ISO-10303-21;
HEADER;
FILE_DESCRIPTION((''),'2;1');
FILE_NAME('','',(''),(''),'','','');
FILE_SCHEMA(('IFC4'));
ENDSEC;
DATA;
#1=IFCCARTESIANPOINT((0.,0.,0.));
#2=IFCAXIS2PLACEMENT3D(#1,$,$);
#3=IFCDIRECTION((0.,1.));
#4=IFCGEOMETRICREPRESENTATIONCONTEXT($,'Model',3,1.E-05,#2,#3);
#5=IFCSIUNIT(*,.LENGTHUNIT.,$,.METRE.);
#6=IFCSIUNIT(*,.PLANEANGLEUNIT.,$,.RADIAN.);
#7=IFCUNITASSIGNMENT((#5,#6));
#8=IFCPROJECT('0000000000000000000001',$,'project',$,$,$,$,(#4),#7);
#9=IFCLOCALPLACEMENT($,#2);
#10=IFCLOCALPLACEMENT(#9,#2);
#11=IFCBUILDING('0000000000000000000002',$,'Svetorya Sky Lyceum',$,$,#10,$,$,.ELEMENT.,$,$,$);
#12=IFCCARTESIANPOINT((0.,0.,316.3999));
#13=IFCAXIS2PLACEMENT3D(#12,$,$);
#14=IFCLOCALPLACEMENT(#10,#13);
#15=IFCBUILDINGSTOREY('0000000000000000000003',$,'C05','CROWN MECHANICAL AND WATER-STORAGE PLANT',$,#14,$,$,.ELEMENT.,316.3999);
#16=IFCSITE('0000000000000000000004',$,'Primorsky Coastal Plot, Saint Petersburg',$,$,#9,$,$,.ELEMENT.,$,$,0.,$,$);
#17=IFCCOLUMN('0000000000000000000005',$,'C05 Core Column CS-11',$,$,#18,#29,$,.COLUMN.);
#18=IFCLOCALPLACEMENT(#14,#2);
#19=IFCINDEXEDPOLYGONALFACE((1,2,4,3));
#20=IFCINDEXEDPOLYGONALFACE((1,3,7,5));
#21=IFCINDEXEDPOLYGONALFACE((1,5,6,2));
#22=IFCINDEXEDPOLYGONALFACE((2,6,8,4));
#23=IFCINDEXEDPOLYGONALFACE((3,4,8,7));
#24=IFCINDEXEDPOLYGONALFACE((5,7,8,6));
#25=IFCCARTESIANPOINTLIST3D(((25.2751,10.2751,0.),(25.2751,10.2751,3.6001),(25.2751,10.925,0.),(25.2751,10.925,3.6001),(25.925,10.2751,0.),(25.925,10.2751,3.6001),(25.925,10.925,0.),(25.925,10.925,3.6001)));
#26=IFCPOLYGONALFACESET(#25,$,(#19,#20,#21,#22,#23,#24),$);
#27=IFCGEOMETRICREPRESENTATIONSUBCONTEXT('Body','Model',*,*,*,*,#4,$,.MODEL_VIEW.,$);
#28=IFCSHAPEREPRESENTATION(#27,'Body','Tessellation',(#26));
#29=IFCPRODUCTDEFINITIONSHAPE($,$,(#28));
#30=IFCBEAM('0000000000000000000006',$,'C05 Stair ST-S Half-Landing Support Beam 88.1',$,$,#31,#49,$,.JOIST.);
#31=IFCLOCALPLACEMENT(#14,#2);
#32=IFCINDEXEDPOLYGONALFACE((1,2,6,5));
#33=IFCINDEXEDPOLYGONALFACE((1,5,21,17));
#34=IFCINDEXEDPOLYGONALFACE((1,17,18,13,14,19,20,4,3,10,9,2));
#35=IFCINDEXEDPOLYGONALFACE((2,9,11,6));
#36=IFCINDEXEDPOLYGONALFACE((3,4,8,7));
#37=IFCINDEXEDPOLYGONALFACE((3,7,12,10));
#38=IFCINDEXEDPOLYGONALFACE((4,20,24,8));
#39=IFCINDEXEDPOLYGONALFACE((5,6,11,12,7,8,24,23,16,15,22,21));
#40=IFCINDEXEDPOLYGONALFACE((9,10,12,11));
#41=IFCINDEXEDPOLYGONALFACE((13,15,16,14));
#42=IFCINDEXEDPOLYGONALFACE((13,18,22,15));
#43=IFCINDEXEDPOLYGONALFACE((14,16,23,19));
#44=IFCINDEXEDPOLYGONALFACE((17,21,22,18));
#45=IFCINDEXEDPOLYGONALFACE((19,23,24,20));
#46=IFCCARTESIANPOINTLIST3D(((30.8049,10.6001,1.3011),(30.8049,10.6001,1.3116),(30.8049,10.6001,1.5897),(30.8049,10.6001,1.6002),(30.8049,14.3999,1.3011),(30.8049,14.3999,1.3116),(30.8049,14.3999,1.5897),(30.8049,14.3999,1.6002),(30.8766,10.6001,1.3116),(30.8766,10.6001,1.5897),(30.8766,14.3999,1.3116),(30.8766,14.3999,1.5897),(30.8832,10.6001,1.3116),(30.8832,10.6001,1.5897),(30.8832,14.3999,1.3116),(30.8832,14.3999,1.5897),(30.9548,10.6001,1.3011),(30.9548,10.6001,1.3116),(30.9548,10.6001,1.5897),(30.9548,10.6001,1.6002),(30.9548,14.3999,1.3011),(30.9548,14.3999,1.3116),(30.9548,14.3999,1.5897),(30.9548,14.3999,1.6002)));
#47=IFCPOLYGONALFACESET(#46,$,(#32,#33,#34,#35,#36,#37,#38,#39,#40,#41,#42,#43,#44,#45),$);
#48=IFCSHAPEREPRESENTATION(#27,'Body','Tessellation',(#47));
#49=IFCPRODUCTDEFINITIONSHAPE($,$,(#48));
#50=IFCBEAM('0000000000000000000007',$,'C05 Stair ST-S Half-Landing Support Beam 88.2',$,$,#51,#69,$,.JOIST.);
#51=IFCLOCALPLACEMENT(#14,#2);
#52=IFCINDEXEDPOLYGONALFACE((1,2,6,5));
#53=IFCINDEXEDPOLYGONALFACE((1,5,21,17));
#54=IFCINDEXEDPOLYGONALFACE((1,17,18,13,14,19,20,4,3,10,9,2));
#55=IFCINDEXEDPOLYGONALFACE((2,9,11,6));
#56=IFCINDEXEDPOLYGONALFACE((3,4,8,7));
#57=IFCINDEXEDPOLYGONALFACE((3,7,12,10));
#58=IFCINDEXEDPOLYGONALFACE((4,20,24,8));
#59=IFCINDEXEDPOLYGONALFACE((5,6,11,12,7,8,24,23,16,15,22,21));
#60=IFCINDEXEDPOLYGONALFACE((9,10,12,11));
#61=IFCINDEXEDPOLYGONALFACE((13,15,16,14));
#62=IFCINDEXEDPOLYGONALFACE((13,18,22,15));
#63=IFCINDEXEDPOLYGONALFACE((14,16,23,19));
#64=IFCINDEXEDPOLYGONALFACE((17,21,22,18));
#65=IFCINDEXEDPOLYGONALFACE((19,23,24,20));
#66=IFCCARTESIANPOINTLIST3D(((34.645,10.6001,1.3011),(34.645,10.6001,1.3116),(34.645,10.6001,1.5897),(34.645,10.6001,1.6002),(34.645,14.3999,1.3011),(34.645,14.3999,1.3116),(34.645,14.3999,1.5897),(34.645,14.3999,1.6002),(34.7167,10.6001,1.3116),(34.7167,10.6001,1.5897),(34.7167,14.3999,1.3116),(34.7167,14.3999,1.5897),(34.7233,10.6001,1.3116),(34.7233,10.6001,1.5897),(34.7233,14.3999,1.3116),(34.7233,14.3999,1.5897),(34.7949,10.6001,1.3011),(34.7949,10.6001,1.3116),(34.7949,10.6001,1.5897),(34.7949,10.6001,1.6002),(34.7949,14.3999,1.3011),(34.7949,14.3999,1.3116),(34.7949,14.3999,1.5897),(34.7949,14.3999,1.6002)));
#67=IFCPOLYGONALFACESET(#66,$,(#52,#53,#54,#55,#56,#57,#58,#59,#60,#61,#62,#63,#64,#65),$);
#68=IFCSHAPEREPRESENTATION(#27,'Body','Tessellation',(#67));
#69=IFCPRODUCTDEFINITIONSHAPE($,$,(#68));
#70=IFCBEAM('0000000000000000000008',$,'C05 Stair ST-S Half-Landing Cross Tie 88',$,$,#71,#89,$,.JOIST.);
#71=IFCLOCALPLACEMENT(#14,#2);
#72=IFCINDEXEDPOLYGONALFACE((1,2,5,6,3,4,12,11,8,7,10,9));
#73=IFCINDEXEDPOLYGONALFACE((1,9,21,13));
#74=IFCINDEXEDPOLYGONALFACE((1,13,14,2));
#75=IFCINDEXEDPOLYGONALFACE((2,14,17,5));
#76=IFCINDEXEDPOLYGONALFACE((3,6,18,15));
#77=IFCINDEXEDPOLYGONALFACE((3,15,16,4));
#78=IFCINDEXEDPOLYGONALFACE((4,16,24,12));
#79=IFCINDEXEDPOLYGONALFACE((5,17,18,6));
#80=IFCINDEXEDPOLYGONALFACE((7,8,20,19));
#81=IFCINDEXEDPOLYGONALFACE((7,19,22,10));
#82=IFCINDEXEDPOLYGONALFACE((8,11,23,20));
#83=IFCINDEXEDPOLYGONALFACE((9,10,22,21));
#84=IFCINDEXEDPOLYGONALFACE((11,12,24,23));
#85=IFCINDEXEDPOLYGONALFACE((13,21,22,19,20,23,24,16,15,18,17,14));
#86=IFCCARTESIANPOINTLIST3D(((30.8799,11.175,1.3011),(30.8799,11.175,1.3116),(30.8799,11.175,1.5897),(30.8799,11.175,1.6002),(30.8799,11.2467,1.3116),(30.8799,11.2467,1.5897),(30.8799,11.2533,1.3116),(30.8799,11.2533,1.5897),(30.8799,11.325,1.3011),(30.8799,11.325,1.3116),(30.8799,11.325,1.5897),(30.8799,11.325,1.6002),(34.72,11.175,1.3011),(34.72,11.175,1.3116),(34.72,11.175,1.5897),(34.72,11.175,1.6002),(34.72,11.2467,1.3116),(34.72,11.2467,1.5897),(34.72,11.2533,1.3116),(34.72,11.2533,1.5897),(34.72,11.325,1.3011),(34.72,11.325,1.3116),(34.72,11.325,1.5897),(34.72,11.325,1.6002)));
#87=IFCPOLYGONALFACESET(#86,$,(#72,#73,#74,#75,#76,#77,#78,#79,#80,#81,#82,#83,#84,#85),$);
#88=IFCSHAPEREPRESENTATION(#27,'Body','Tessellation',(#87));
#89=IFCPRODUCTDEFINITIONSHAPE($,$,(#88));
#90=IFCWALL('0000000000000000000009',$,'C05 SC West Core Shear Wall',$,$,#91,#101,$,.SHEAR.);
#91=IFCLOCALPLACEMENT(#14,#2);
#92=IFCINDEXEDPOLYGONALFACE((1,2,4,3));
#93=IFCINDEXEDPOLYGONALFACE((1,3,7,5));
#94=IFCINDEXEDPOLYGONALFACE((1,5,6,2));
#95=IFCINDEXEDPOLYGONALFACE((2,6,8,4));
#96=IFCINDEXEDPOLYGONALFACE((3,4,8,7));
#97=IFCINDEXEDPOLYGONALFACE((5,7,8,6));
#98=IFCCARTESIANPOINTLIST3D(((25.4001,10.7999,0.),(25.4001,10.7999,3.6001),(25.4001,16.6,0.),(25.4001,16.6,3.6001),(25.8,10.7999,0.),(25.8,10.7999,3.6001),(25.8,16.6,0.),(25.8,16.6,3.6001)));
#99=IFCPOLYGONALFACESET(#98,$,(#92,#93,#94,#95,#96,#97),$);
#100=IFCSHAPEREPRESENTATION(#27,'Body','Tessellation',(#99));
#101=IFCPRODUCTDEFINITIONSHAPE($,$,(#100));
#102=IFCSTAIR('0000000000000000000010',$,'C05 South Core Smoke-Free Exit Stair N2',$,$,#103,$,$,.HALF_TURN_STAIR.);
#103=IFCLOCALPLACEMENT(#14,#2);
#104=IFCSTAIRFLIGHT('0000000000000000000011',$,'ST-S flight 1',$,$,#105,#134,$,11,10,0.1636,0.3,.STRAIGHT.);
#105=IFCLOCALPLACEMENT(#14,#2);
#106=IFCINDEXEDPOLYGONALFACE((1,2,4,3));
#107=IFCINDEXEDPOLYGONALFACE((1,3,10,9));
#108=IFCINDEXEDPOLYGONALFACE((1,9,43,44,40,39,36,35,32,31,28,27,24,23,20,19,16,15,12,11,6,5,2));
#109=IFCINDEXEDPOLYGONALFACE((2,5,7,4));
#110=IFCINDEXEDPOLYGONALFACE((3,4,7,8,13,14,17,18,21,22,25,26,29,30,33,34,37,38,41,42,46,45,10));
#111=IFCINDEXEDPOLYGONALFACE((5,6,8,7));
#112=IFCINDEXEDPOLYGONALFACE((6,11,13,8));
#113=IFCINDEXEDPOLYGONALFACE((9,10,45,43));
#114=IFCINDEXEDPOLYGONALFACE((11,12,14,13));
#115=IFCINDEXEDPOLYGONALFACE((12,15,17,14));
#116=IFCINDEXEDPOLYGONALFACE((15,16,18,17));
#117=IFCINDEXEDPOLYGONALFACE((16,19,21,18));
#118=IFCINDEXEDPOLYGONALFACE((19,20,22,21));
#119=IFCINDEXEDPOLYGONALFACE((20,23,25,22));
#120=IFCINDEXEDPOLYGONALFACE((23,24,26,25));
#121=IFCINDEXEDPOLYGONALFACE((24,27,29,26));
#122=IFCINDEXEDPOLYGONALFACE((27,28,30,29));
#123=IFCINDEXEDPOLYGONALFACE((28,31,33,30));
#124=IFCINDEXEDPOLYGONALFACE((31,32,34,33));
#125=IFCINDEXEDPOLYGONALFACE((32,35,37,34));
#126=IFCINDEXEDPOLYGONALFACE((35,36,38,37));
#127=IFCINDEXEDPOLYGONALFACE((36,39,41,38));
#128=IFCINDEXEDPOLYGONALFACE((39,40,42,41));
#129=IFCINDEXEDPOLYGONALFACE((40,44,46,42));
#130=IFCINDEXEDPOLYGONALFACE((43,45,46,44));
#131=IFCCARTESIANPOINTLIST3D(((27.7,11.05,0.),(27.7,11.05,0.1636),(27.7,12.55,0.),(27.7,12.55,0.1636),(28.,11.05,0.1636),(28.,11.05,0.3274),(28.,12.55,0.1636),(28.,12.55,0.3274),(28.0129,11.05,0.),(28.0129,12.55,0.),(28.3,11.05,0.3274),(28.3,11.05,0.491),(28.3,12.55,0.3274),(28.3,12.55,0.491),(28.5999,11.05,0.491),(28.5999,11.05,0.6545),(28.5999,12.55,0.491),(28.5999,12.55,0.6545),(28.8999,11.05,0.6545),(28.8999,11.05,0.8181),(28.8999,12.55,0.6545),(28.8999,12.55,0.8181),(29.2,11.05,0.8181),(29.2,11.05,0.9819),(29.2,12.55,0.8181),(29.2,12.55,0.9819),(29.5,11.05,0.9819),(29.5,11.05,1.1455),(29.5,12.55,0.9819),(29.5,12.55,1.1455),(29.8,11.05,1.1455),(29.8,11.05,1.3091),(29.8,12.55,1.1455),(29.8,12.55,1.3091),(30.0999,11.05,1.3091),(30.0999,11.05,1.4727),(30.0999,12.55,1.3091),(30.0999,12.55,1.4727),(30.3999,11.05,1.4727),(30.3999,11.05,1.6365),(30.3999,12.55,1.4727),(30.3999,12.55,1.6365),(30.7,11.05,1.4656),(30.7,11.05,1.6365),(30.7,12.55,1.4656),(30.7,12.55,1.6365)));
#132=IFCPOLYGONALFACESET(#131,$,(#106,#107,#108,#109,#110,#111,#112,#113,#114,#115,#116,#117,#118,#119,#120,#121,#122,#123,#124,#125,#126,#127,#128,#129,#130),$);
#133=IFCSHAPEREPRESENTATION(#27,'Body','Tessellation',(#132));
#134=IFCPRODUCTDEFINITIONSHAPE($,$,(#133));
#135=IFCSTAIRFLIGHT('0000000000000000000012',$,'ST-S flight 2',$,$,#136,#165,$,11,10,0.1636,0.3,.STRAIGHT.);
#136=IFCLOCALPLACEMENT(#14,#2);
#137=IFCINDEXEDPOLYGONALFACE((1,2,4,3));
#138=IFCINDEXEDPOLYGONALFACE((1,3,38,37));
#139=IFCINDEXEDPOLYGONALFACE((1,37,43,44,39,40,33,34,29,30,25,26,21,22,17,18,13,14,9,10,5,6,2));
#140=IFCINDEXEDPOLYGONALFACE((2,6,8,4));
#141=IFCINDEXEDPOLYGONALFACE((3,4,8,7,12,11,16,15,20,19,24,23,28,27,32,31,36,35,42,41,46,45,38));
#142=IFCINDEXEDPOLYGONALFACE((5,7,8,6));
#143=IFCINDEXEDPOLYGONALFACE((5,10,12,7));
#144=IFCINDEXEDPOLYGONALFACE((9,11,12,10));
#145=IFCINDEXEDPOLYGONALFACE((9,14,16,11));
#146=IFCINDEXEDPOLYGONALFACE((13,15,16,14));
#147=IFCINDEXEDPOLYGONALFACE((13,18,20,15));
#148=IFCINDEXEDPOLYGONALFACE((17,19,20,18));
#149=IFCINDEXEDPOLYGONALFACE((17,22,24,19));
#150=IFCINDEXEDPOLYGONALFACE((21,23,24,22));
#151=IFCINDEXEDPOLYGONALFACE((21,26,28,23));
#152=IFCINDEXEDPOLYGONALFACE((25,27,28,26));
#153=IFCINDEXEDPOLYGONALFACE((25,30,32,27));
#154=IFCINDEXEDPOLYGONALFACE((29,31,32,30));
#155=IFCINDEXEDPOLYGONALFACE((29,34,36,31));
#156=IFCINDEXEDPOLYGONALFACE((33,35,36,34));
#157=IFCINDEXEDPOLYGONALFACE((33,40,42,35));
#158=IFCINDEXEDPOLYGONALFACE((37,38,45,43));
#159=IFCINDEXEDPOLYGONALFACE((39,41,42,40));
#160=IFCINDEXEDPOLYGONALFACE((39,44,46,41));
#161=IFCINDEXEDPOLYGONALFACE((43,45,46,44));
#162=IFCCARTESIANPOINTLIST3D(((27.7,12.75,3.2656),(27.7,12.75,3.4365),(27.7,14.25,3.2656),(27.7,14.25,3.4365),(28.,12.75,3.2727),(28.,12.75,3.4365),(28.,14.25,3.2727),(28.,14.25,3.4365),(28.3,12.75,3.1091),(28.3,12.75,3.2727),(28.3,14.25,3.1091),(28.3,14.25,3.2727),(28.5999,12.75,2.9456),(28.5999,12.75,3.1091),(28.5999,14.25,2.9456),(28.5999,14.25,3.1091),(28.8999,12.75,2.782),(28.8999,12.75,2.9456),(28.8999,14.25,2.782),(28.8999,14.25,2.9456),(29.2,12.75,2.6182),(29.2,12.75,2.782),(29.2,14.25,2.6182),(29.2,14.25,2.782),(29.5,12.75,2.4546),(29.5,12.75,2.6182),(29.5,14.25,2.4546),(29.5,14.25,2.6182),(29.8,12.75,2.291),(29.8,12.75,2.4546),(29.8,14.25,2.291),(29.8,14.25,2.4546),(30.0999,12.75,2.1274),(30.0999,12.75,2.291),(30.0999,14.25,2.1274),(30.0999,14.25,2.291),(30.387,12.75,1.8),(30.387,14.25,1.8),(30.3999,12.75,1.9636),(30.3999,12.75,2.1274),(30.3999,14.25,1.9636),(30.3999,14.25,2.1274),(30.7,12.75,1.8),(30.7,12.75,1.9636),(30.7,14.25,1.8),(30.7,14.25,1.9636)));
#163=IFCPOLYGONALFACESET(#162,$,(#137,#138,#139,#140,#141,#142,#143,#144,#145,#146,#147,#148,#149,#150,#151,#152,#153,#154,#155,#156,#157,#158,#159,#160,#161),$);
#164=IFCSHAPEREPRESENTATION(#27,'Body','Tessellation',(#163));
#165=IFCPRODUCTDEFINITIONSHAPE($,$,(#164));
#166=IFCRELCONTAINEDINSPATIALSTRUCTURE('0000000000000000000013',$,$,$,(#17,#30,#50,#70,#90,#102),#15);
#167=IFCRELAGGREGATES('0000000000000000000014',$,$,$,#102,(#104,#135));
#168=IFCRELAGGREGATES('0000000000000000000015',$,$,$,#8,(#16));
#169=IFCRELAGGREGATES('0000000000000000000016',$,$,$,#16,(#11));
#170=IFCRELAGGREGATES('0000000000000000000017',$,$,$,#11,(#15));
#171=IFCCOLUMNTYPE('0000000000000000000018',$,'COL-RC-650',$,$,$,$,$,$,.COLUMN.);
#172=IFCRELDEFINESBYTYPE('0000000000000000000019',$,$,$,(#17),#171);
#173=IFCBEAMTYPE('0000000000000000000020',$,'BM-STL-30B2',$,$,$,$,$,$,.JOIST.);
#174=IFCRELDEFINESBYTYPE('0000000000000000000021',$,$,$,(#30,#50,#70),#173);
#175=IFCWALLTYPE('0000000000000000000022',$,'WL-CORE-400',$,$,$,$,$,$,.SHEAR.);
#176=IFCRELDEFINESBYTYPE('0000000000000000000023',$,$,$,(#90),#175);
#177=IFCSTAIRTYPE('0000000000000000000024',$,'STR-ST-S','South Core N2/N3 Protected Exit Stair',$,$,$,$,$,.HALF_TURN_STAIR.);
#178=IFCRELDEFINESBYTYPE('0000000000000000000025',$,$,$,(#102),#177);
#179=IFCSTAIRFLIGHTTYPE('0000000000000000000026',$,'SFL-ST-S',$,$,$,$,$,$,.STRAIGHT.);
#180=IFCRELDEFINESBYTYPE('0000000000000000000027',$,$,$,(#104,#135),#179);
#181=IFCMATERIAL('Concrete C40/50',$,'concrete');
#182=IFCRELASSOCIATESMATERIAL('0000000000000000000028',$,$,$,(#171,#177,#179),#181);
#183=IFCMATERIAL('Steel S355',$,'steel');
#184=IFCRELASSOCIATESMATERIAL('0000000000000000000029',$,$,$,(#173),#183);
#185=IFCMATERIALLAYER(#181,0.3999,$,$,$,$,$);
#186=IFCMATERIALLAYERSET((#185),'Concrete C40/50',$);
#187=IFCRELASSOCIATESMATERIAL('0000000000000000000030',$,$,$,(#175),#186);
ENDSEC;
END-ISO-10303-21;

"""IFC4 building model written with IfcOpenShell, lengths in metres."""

from ifc_helpers import new_model, si_unit, direction, frame, frame_2d, origin, origin_2d, place, context, subcontext, project, spatial, polyline, rectangle, i_section, outline, extrude, material, layer, layer_set, material_profile, profile_set, type_object, element, aggregate, save


model = new_model("IFC4")

# Units and contexts
model_context = context("Model", 3, precision=1e-05, world=origin(), true_north=direction((0.0, 1.0)))
body_context = subcontext(model_context, "Body", "Model", "MODEL_VIEW")
ifc_project = project(units=[si_unit("LENGTHUNIT", "METRE"), si_unit("PLANEANGLEUNIT", "RADIAN")], contexts=[model_context])

# Site, building, storey
site_placement = place(None, origin())
site = spatial("IfcSite", under=ifc_project, at=site_placement, Name="Primorsky Coastal Plot, Saint Petersburg", CompositionType="ELEMENT", RefElevation=0.0)
building_placement = place(site_placement, origin())
building = spatial("IfcBuilding", under=site, at=building_placement, Name="Svetorya Sky Lyceum", CompositionType="ELEMENT")
storey_placement = place(building_placement, frame((0.0, 0.0, 316.3999)))
storey = spatial("IfcBuildingStorey", under=building, at=storey_placement, Name="C05", Description="CROWN MECHANICAL AND WATER-STORAGE PLANT", CompositionType="ELEMENT", Elevation=316.3999)

# Column
ifc_material_1 = material(Name="Concrete C40/50", Category="concrete")
ifc_material_profile_1 = material_profile(ifc_material_1, rectangle(XDim=0.6499, YDim=0.6499, at=origin_2d()), Name="RC COL 650x650")
ifc_profile_set_1 = profile_set([ifc_material_profile_1], Name="Concrete C40/50")
column_type = type_object("IfcColumnType", Name="COL-RC-650", PredefinedType="COLUMN", material=ifc_profile_set_1)
column_placement = place(storey_placement, frame((25.6001, 10.6001, 0.0), z_axis=(0.0, 0.0, 1.0), x_axis=(1.0, 0.0, 0.0)))
element("IfcColumn", 1, at=column_placement, inside=storey, type_object=column_type, Name="C05 Core Column CS-11", PredefinedType="COLUMN", context=body_context, shape_type="SweptSolid", body=[
    extrude(rectangle(XDim=0.6499, YDim=0.6499, at=origin_2d()), origin(), (0.0, 0.0, 1.0), 3.6001),
])

# Beams
ifc_material_2 = material(Name="Steel S355", Category="steel")
ifc_material_profile_2 = material_profile(ifc_material_2, i_section(OverallWidth=0.1499, OverallDepth=0.2991, WebThickness=0.0066, FlangeThickness=0.0105, at=origin_2d()), Name="GOST 30B2")
ifc_profile_set_2 = profile_set([ifc_material_profile_2], Name="Steel S355")
beam_type = type_object("IfcBeamType", Name="BM-STL-30B2", PredefinedType="JOIST", material=ifc_profile_set_2)
for number, where, z_axis, x_axis, name in (
    (2, (30.8799, 10.6001, 1.4507), (0.0, 1.0, 0.0), (-1.0, 0.0, 0.0), "C05 Stair ST-S Half-Landing Support Beam 88.1"),
    (3, (34.72, 10.6001, 1.4507), (0.0, 1.0, 0.0), (-1.0, 0.0, 0.0), "C05 Stair ST-S Half-Landing Support Beam 88.2"),
):
    element("IfcBeam", number, at=place(storey_placement, frame(where, z_axis=z_axis, x_axis=x_axis)), inside=storey, type_object=beam_type, Name=name, PredefinedType="JOIST", context=body_context, shape_type="SweptSolid", body=[
        extrude(i_section(OverallWidth=0.1499, OverallDepth=0.2991, WebThickness=0.0066, FlangeThickness=0.0105, at=origin_2d()), origin(), (0.0, 0.0, 1.0), 3.7998),
    ])
beam_placement = place(storey_placement, frame((30.8799, 11.25, 1.4507), z_axis=(1.0, 0.0, 0.0), x_axis=(0.0, 1.0, 0.0)))
element("IfcBeam", 4, at=beam_placement, inside=storey, type_object=beam_type, Name="C05 Stair ST-S Half-Landing Cross Tie 88", PredefinedType="JOIST", context=body_context, shape_type="SweptSolid", body=[
    extrude(i_section(OverallWidth=0.1499, OverallDepth=0.2991, WebThickness=0.0066, FlangeThickness=0.0105, at=origin_2d()), origin(), (0.0, 0.0, 1.0), 3.8401),
])

# Wall
ifc_layer = layer(ifc_material_1, 0.3999)
ifc_layer_set = layer_set([ifc_layer], Name="Concrete C40/50")
wall_type = type_object("IfcWallType", Name="WL-CORE-400", PredefinedType="SHEAR", material=ifc_layer_set)
wall_placement = place(storey_placement, frame((25.6001, 10.8, 0.0), z_axis=(0.0, 0.0, 1.0), x_axis=(0.0, 1.0, 0.0)))
element("IfcWall", 5, at=wall_placement, inside=storey, type_object=wall_type, Name="C05 SC West Core Shear Wall", PredefinedType="SHEAR", context=body_context, shape_type="SweptSolid", body=[
    extrude(rectangle(XDim=5.8, YDim=0.3999, at=frame_2d((2.8999, 0.0))), origin(), (0.0, 0.0, 1.0), 3.6001),
])

# Stair, stair flights
stair_type = type_object("IfcStairType", Name="STR-ST-S", Description="South Core N2/N3 Protected Exit Stair", PredefinedType="HALF_TURN_STAIR", material=ifc_material_1)
stair_placement = place(storey_placement, origin())
stair = element("IfcStair", 6, at=stair_placement, inside=storey, type_object=stair_type, Name="C05 South Core Smoke-Free Exit Stair N2", PredefinedType="HALF_TURN_STAIR")
stair_flight_type = type_object("IfcStairFlightType", Name="SFL-ST-S", PredefinedType="STRAIGHT", material=ifc_material_1)
stair_flight_1_placement = place(storey_placement, frame((27.7, 11.8, 0.0), z_axis=(0.0, 0.0, 1.0), x_axis=(1.0, 0.0, 0.0)))
stair_flight_1 = element("IfcStairFlight", 7, at=stair_flight_1_placement, type_object=stair_flight_type, Name="ST-S flight 1", NumberOfRisers=11, NumberOfTreads=10, PredefinedType="STRAIGHT", RiserHeight=0.1636, TreadLength=0.3, context=body_context, shape_type="SweptSolid", body=[
    extrude(outline(polyline([(0.0, 0.0), (0.0, 0.1636), (0.3, 0.1636), (0.3, 0.3274), (0.6001, 0.3274), (0.6001, 0.491), (0.8999, 0.491), (0.8999, 0.6545), (1.2, 0.6545), (1.2, 0.8181), (1.5, 0.8181), (1.5, 0.9819), (1.8, 0.9819), (1.8, 1.1455), (2.1001, 1.1455), (2.1001, 1.3091), (2.3999, 1.3091), (2.3999, 1.4727), (2.7, 1.4727), (2.7, 1.6365), (3.0, 1.6365), (3.0, 1.8), (3.0, 1.4656), (0.313, 0.0), (0.0, 0.0)])), frame((0.0, 0.75, 0.0), z_axis=(0.0, -1.0, 0.0), x_axis=(1.0, 0.0, 0.0)), (0.0, 0.0, 1.0), 1.5),
])
stair_flight_2_placement = place(storey_placement, frame((30.7, 13.5, 1.8), z_axis=(0.0, 0.0, 1.0), x_axis=(-1.0, 0.0, 0.0)))
stair_flight_2 = element("IfcStairFlight", 8, at=stair_flight_2_placement, type_object=stair_flight_type, Name="ST-S flight 2", NumberOfRisers=11, NumberOfTreads=10, PredefinedType="STRAIGHT", RiserHeight=0.1636, TreadLength=0.3, context=body_context, shape_type="SweptSolid", body=[
    extrude(outline(polyline([(0.0, 0.0), (0.0, 0.1636), (0.3, 0.1636), (0.3, 0.3274), (0.6001, 0.3274), (0.6001, 0.491), (0.8999, 0.491), (0.8999, 0.6545), (1.2, 0.6545), (1.2, 0.8181), (1.5, 0.8181), (1.5, 0.9819), (1.8, 0.9819), (1.8, 1.1455), (2.1001, 1.1455), (2.1001, 1.3091), (2.3999, 1.3091), (2.3999, 1.4727), (2.7, 1.4727), (2.7, 1.6365), (3.0, 1.6365), (3.0, 1.8), (3.0, 1.4656), (0.313, 0.0), (0.0, 0.0)])), frame((0.0, 0.75, 0.0), z_axis=(0.0, -1.0, 0.0), x_axis=(1.0, 0.0, 0.0)), (0.0, 0.0, 1.0), 1.5),
])
aggregate(stair, [stair_flight_1, stair_flight_2])

save(model, "model.ifc")
